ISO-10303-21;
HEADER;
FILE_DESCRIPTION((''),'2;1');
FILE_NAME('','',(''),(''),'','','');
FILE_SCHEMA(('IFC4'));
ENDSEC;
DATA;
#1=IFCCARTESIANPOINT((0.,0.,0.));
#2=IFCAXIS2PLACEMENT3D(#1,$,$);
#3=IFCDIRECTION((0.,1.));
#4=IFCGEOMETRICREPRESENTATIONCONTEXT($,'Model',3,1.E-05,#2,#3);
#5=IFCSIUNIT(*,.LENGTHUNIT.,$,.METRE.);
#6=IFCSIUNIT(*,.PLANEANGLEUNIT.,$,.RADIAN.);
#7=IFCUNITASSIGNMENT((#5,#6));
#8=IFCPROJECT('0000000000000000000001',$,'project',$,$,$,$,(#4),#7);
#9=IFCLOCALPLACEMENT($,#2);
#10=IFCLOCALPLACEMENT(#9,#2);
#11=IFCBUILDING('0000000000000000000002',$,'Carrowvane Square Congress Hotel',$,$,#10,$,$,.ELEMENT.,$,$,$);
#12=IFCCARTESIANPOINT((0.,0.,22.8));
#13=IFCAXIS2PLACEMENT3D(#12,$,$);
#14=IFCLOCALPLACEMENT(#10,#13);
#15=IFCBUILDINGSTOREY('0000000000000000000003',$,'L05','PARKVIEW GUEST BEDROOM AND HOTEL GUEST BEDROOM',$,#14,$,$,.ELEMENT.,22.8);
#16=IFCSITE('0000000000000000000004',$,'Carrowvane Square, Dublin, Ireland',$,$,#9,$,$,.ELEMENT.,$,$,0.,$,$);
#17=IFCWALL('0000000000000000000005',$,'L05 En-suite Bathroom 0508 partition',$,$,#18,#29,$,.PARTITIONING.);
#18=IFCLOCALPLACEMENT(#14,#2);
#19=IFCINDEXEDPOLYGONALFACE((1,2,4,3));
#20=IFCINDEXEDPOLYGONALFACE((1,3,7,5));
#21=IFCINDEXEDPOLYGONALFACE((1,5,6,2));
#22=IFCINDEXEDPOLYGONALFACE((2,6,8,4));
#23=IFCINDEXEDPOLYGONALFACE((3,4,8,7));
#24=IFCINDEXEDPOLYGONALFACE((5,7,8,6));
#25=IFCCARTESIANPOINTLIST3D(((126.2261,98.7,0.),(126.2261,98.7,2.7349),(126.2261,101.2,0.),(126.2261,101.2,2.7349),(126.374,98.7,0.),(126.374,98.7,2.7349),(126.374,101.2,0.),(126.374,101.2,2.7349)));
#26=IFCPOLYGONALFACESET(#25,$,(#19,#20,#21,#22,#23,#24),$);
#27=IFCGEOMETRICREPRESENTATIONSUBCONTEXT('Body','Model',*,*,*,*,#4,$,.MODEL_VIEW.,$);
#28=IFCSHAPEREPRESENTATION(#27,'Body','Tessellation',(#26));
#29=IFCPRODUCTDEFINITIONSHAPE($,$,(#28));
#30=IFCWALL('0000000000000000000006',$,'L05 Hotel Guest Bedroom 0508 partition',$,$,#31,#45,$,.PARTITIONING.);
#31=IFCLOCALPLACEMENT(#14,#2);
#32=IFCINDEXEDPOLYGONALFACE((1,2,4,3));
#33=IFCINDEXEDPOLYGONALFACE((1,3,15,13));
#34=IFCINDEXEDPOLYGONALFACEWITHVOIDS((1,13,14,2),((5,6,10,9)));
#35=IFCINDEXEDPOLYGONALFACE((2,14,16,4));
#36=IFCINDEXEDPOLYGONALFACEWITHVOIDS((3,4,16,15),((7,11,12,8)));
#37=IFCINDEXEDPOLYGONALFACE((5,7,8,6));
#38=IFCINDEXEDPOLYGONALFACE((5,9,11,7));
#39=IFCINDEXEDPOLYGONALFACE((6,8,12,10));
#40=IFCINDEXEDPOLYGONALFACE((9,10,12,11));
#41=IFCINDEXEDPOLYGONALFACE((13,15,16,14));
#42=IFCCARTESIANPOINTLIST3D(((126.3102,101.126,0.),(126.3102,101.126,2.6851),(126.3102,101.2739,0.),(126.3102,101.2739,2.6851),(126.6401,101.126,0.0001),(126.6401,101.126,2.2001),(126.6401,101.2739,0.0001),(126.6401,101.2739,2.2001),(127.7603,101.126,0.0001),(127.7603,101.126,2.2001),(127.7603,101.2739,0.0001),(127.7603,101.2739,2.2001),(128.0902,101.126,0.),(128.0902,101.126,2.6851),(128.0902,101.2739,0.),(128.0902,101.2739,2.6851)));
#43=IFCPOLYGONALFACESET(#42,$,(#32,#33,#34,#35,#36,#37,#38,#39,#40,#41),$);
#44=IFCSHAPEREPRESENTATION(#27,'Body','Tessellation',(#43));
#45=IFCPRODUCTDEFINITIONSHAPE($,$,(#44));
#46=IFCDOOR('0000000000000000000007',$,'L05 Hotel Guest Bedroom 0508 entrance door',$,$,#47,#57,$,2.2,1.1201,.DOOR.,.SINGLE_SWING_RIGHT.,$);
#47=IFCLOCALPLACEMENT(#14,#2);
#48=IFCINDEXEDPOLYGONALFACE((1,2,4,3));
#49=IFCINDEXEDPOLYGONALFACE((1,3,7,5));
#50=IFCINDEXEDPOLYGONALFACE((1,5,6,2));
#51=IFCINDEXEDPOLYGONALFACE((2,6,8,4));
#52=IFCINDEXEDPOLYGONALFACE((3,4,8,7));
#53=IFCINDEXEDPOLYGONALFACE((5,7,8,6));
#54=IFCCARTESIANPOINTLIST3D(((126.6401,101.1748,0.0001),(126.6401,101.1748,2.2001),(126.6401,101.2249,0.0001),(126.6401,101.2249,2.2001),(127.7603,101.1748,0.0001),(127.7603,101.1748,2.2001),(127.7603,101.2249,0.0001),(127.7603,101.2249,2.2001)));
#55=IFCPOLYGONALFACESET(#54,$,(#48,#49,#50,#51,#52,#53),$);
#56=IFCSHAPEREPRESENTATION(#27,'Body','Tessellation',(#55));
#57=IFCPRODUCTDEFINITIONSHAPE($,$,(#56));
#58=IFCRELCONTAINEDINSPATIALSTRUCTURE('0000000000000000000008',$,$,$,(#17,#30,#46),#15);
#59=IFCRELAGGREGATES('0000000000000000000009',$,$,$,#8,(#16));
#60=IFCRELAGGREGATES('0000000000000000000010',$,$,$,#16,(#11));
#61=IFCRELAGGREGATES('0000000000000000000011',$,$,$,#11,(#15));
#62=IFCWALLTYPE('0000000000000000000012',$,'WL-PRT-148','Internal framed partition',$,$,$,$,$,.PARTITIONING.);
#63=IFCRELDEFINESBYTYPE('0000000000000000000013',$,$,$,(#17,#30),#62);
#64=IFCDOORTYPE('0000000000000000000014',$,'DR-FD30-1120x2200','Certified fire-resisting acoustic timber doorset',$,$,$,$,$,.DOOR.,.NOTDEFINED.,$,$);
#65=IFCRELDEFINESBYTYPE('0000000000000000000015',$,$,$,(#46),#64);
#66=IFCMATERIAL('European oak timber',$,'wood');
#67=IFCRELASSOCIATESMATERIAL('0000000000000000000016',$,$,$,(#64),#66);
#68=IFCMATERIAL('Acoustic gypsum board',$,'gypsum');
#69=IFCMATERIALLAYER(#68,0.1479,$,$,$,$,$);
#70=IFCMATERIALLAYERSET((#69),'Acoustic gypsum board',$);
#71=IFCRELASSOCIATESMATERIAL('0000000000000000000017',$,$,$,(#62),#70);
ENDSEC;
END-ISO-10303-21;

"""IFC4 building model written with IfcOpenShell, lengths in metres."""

from ifc_helpers import new_model, si_unit, direction, frame, frame_2d, origin, place, context, subcontext, project, spatial, rectangle, extrude, material, layer, layer_set, type_object, element, fill, save


model = new_model("IFC4")

# Units and contexts
model_context = context("Model", 3, precision=1e-05, world=origin(), true_north=direction((0.0, 1.0)))
body_context = subcontext(model_context, "Body", "Model", "MODEL_VIEW")
ifc_project = project(units=[si_unit("LENGTHUNIT", "METRE"), si_unit("PLANEANGLEUNIT", "RADIAN")], contexts=[model_context])

# Site, building, storey
site_placement = place(None, origin())
site = spatial("IfcSite", under=ifc_project, at=site_placement, Name="Carrowvane Square, Dublin, Ireland", CompositionType="ELEMENT", RefElevation=0.0)
building_placement = place(site_placement, origin())
building = spatial("IfcBuilding", under=site, at=building_placement, Name="Carrowvane Square Congress Hotel", CompositionType="ELEMENT")
storey_placement = place(building_placement, frame((0.0, 0.0, 22.8)))
storey = spatial("IfcBuildingStorey", under=building, at=storey_placement, Name="L05", Description="PARKVIEW GUEST BEDROOM AND HOTEL GUEST BEDROOM", CompositionType="ELEMENT", Elevation=22.8)

# Shared definitions
ifc_material_1 = material(Name="European oak timber", Category="wood")
door_type_1 = type_object("IfcDoorType", Name="DR-FD30-1120x2200", Description="Certified fire-resisting acoustic timber doorset", OperationType="NOTDEFINED", PredefinedType="DOOR", material=ifc_material_1)

# Wall
ifc_material_2 = material(Name="Acoustic gypsum board", Category="gypsum")
ifc_layer_1 = layer(ifc_material_2, 0.1479)
ifc_layer_set_1 = layer_set([ifc_layer_1], Name="Acoustic gypsum board")
wall_type_1 = type_object("IfcWallType", Name="WL-PRT-148", Description="Internal framed partition", PredefinedType="PARTITIONING", material=ifc_layer_set_1)
wall_1_placement = place(storey_placement, frame((126.3, 101.2, 0.0), z_axis=(0.0, 0.0, 1.0), x_axis=(0.0, -1.0, 0.0)))
element("IfcWall", 1, at=wall_1_placement, inside=storey, type_object=wall_type_1, Name="L05 En-suite Bathroom 0508 partition", PredefinedType="PARTITIONING", context=body_context, shape_type="SweptSolid", body=[
    extrude(rectangle(XDim=2.5, YDim=0.1479, at=frame_2d((1.25, 0.0))), origin(), (0.0, 0.0, 1.0), 2.7349),
])

# Wall, opening, door
wall_2_placement = place(storey_placement, frame((126.3101, 101.2, 0.0), z_axis=(0.0, 0.0, 1.0), x_axis=(1.0, 0.0, 0.0)))
wall_2 = element("IfcWall", 2, at=wall_2_placement, inside=storey, type_object=wall_type_1, Name="L05 Hotel Guest Bedroom 0508 partition", PredefinedType="PARTITIONING", context=body_context, shape_type="SweptSolid", body=[
    extrude(rectangle(XDim=1.78, YDim=0.1479, at=frame_2d((0.8901, 0.0))), origin(), (0.0, 0.0, 1.0), 2.6851),
])
opening_1_placement = place(wall_2_placement, frame((0.3301, 0.0, 0.0)))
opening_1 = element("IfcOpeningElement", 3, at=opening_1_placement, cuts=wall_2, PredefinedType="OPENING", context=body_context, shape_type="SweptSolid", body=[
    extrude(rectangle(XDim=1.1201, YDim=2.2, at=frame_2d((0.5601, 1.1001))), frame((0.0, 0.084, 0.0), z_axis=(0.0, -1.0, 0.0), x_axis=(1.0, 0.0, 0.0)), (0.0, 0.0, 1.0), 0.168),
])
door_1_placement = place(opening_1_placement, origin())
door_1 = element("IfcDoor", 4, at=door_1_placement, inside=storey, type_object=door_type_1, Name="L05 Hotel Guest Bedroom 0508 entrance door", OperationType="SINGLE_SWING_RIGHT", OverallHeight=2.2, OverallWidth=1.1201, PredefinedType="DOOR", context=body_context, shape_type="SweptSolid", body=[
    extrude(rectangle(XDim=1.1201, YDim=2.2, at=frame_2d((0.5601, 1.1001))), frame((0.0, 0.0249, 0.0), z_axis=(0.0, -1.0, 0.0), x_axis=(1.0, 0.0, 0.0)), (0.0, 0.0, 1.0), 0.05),
])
fill(opening_1, door_1)

save(model, "model.ifc")
